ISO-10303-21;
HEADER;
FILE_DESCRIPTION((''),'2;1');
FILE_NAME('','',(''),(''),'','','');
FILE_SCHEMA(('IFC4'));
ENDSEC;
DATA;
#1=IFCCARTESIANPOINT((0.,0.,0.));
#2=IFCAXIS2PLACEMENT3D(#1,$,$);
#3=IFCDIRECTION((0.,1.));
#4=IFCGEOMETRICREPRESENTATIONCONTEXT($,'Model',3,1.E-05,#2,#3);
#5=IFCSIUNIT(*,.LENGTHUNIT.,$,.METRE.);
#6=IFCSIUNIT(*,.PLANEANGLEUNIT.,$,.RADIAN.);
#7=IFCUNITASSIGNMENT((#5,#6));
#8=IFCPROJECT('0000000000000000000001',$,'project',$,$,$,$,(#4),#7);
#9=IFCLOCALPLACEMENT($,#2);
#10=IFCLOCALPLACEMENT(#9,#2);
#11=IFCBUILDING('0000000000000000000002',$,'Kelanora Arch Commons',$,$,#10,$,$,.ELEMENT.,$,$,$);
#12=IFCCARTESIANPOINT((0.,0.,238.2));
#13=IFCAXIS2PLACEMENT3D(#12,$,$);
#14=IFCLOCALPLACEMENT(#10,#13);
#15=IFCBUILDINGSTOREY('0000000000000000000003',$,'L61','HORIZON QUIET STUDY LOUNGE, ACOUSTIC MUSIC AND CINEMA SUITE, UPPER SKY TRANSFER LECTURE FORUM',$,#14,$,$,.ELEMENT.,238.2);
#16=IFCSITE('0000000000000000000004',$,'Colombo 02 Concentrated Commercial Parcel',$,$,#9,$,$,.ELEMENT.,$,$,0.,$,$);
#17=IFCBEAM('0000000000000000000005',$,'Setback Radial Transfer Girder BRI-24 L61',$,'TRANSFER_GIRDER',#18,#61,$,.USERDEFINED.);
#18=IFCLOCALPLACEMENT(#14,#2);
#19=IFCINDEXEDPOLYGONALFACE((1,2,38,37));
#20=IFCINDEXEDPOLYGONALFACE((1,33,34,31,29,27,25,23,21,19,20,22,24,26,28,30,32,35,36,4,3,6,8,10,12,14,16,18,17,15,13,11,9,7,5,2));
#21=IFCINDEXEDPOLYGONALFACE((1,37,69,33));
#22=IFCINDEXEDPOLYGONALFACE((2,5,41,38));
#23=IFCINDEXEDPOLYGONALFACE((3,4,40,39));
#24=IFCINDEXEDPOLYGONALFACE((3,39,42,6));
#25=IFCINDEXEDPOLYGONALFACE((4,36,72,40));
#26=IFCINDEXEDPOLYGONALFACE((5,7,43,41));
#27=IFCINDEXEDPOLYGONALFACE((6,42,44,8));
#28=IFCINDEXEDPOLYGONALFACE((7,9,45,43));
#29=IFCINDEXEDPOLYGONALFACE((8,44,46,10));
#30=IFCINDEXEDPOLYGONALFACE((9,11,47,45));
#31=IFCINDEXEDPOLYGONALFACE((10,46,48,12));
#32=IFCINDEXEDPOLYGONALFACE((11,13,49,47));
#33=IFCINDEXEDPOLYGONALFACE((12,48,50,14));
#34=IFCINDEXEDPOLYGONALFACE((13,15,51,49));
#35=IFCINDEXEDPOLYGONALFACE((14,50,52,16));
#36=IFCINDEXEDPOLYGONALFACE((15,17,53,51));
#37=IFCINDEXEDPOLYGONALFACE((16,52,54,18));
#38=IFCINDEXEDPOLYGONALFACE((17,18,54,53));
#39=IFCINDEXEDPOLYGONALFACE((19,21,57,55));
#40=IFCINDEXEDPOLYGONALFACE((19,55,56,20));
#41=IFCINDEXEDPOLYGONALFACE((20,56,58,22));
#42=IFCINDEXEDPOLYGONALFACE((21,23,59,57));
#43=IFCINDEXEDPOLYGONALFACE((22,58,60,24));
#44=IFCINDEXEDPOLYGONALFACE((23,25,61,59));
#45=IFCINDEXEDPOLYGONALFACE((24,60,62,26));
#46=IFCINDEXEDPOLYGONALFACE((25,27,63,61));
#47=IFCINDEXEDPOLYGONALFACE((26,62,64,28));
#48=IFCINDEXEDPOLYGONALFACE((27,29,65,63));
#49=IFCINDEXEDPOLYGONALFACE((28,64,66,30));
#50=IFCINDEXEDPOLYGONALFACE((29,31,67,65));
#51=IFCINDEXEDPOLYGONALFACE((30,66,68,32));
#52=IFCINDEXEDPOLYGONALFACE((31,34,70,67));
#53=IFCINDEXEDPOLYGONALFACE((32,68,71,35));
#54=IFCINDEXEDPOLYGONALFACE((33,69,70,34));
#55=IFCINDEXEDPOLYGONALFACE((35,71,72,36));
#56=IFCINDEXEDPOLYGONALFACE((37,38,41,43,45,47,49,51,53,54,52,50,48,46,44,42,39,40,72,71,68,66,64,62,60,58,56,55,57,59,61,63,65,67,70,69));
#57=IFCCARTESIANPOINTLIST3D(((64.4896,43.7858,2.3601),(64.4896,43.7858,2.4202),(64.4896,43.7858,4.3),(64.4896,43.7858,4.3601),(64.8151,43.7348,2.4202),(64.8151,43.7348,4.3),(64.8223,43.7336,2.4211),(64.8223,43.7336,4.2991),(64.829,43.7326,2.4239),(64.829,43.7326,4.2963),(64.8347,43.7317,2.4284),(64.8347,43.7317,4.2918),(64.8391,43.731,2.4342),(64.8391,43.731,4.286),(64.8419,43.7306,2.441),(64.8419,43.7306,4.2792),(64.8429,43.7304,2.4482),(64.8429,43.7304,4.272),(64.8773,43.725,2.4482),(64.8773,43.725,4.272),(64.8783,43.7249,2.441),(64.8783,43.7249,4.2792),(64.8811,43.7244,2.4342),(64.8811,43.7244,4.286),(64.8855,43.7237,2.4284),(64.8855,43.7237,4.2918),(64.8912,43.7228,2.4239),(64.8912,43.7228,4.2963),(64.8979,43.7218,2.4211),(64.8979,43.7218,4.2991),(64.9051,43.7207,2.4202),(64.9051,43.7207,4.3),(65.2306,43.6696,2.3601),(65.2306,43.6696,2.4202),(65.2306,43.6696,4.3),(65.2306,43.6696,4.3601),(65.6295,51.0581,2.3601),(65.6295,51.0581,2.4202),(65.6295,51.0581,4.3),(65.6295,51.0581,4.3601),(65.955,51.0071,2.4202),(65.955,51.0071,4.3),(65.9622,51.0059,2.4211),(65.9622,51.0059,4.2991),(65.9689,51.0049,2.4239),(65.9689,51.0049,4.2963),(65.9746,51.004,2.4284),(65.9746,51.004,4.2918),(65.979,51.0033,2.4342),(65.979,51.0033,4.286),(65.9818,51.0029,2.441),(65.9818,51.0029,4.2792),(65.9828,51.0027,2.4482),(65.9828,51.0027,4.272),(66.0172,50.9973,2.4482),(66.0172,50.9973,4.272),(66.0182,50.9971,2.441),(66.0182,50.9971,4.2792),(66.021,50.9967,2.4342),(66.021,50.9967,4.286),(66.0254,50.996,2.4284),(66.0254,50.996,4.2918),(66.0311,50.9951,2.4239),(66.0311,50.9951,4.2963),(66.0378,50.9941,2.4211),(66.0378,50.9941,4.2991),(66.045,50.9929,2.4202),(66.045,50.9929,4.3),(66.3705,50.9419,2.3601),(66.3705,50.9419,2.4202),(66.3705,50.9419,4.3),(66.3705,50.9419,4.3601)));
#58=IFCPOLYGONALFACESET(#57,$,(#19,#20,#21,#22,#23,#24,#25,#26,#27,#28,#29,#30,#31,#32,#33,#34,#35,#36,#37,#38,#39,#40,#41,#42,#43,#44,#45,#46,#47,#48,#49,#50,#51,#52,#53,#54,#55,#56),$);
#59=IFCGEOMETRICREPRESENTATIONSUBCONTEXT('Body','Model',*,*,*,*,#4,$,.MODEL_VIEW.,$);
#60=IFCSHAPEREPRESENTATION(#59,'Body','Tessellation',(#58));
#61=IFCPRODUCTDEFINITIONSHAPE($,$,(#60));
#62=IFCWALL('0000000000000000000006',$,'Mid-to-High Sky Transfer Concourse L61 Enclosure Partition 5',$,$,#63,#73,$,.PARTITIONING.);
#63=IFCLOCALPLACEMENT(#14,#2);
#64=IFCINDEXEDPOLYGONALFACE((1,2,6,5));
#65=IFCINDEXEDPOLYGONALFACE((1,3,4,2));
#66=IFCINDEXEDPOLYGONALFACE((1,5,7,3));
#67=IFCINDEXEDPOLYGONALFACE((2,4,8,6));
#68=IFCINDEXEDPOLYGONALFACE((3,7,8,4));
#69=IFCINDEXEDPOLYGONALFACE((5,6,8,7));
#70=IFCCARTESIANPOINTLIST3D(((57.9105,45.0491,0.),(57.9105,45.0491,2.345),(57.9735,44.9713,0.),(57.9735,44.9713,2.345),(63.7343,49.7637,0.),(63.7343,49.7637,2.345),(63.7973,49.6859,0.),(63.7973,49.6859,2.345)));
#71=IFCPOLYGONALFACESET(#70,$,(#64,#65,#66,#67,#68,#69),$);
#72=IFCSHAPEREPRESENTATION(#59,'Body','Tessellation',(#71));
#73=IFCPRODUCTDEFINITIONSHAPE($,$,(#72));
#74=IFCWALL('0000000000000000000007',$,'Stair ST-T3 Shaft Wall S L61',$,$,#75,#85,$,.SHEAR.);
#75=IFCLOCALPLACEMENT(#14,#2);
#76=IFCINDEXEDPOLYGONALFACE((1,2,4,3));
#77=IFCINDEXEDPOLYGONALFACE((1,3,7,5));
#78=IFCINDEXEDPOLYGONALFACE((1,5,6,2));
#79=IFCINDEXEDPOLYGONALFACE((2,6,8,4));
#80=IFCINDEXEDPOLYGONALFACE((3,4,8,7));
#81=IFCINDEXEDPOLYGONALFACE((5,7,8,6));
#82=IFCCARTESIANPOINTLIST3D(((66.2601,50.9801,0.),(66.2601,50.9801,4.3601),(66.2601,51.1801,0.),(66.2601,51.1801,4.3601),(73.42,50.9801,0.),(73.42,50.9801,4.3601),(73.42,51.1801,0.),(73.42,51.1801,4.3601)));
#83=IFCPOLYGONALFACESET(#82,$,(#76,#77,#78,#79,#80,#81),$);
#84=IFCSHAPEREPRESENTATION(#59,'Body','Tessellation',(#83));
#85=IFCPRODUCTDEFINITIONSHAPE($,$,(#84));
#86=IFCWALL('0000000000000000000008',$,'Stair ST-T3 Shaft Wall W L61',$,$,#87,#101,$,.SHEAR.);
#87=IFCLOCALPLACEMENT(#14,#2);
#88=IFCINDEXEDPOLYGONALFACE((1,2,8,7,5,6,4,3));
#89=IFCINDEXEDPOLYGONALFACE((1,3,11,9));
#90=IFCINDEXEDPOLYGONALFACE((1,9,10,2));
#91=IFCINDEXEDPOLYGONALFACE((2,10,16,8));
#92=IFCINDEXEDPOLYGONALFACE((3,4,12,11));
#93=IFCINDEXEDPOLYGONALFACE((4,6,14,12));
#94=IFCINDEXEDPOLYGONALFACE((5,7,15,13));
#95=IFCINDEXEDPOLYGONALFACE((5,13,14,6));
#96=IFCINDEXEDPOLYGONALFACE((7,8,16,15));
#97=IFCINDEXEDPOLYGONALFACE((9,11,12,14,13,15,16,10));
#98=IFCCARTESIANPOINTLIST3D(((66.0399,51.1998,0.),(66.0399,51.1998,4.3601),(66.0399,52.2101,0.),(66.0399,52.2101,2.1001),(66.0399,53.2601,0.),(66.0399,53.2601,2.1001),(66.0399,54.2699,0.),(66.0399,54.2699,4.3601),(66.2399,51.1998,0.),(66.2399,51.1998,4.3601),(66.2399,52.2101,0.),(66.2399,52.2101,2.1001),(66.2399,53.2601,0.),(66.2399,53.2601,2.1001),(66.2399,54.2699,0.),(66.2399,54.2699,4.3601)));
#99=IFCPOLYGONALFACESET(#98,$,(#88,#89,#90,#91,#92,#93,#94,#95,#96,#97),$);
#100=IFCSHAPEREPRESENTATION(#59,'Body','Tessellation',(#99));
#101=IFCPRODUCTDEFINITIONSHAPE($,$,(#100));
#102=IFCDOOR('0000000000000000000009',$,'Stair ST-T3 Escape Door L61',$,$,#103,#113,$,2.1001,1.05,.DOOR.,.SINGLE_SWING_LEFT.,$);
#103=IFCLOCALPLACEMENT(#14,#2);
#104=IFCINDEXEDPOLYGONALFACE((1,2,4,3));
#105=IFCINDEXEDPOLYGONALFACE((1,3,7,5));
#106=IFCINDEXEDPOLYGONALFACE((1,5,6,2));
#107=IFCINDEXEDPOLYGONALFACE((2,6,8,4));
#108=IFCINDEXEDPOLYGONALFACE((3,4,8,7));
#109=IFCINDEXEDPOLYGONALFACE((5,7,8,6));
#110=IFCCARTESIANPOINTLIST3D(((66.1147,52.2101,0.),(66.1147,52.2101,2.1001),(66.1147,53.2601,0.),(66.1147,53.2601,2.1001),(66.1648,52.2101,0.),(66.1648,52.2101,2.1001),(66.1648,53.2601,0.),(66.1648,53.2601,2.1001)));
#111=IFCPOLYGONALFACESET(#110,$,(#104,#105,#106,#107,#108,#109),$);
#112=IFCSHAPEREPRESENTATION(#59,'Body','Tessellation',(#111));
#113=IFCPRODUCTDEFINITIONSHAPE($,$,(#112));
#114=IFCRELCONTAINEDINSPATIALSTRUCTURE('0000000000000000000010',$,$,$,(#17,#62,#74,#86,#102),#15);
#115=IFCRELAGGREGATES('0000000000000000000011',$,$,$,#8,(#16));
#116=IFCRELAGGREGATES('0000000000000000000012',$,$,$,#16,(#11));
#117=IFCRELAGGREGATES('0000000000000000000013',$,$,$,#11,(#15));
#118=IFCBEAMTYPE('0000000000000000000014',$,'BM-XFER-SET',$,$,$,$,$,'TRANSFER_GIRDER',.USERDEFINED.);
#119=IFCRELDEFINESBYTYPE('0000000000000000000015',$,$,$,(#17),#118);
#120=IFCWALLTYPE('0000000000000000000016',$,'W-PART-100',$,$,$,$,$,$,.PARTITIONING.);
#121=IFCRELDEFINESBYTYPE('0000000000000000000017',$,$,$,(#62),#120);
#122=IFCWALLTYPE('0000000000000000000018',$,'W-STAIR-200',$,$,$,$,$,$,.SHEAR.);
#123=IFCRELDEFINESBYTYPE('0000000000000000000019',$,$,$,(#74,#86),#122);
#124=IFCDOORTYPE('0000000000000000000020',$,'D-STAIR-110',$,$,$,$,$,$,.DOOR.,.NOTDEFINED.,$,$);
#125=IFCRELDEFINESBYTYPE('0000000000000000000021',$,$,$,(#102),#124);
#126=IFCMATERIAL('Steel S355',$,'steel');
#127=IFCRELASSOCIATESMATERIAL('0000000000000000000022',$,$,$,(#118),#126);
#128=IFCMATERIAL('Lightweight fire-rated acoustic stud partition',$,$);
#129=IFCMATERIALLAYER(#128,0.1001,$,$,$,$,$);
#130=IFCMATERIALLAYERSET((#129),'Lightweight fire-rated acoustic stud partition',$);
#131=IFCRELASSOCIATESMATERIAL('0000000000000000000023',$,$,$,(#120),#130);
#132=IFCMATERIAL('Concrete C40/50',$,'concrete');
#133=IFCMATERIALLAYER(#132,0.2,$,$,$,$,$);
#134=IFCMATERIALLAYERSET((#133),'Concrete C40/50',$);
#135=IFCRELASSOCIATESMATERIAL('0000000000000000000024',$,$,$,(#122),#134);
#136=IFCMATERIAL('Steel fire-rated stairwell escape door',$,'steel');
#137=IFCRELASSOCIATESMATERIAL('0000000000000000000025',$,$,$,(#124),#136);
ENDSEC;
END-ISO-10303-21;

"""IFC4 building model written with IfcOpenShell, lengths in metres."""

from ifc_helpers import new_model, si_unit, direction, frame, frame_2d, origin, origin_2d, place, context, subcontext, project, spatial, rectangle, i_section, extrude, material, layer, layer_set, material_profile, profile_set, type_object, element, fill, save


model = new_model("IFC4")

# Units and contexts
model_context = context("Model", 3, precision=1e-05, world=origin(), true_north=direction((0.0, 1.0)))
body_context = subcontext(model_context, "Body", "Model", "MODEL_VIEW")
ifc_project = project(units=[si_unit("LENGTHUNIT", "METRE"), si_unit("PLANEANGLEUNIT", "RADIAN")], contexts=[model_context])

# Site, building, storey
site_placement = place(None, origin())
site = spatial("IfcSite", under=ifc_project, at=site_placement, Name="Colombo 02 Concentrated Commercial Parcel", CompositionType="ELEMENT", RefElevation=0.0)
building_placement = place(site_placement, origin())
building = spatial("IfcBuilding", under=site, at=building_placement, Name="Kelanora Arch Commons", CompositionType="ELEMENT")
storey_placement = place(building_placement, frame((0.0, 0.0, 238.2)))
storey = spatial("IfcBuildingStorey", under=building, at=storey_placement, Name="L61", Description="HORIZON QUIET STUDY LOUNGE, ACOUSTIC MUSIC AND CINEMA SUITE, UPPER SKY TRANSFER LECTURE FORUM", CompositionType="ELEMENT", Elevation=238.2)

# Beam
ifc_material_1 = material(Name="Steel S355", Category="steel")
ifc_material_profile_1 = material_profile(ifc_material_1, i_section(OverallWidth=0.75, OverallDepth=2.0, WebThickness=0.0349, FlangeThickness=0.0601, FilletRadius=0.0281, at=origin_2d()), Name="PG2000x750")
ifc_profile_set_1 = profile_set([ifc_material_profile_1], Name="Steel S355")
beam_type_1 = type_object("IfcBeamType", Name="BM-XFER-SET", ElementType="TRANSFER_GIRDER", PredefinedType="USERDEFINED", material=ifc_profile_set_1)
beam_1_placement = place(storey_placement, frame((66.0, 51.0, 3.3601), z_axis=(-0.154855, -0.987937, 0.0), x_axis=(0.987937, -0.154855, 0.0)))
element("IfcBeam", 1, at=beam_1_placement, inside=storey, type_object=beam_type_1, Name="Setback Radial Transfer Girder BRI-24 L61", ObjectType="TRANSFER_GIRDER", PredefinedType="USERDEFINED", context=body_context, shape_type="SweptSolid", body=[
    extrude(i_section(OverallWidth=0.75, OverallDepth=2.0, WebThickness=0.0349, FlangeThickness=0.0601, FilletRadius=0.0281, at=origin_2d()), origin(), (0.0, 0.0, 1.0), 7.3611),
])

# Walls
ifc_material_2 = material(Name="Lightweight fire-rated acoustic stud partition")
ifc_layer_1 = layer(ifc_material_2, 0.1001)
ifc_layer_set_1 = layer_set([ifc_layer_1], Name="Lightweight fire-rated acoustic stud partition")
wall_type_1 = type_object("IfcWallType", Name="W-PART-100", PredefinedType="PARTITIONING", material=ifc_layer_set_1)
wall_1_placement = place(storey_placement, frame((63.7659, 49.7249, 0.0), z_axis=(0.0, 0.0, 1.0), x_axis=(-0.777235, -0.62921, 0.0)))
element("IfcWall", 2, at=wall_1_placement, inside=storey, type_object=wall_type_1, Name="Mid-to-High Sky Transfer Concourse L61 Enclosure Partition 5", PredefinedType="PARTITIONING", context=body_context, shape_type="SweptSolid", body=[
    extrude(rectangle(XDim=7.4929, YDim=0.1001, at=frame_2d((3.7466, 0.0))), origin(), (0.0, 0.0, 1.0), 2.345),
])
ifc_material_3 = material(Name="Concrete C40/50", Category="concrete")
ifc_layer_2 = layer(ifc_material_3, 0.2)
ifc_layer_set_2 = layer_set([ifc_layer_2], Name="Concrete C40/50")
wall_type_2 = type_object("IfcWallType", Name="W-STAIR-200", PredefinedType="SHEAR", material=ifc_layer_set_2)
wall_2_placement = place(storey_placement, frame((66.26, 51.0801, 0.0), z_axis=(0.0, 0.0, 1.0), x_axis=(1.0, 0.0, 0.0)))
element("IfcWall", 3, at=wall_2_placement, inside=storey, type_object=wall_type_2, Name="Stair ST-T3 Shaft Wall S L61", PredefinedType="SHEAR", context=body_context, shape_type="SweptSolid", body=[
    extrude(rectangle(XDim=7.1599, YDim=0.2, at=frame_2d((3.5801, 0.0))), origin(), (0.0, 0.0, 1.0), 4.3601),
])

# Wall, opening, door
wall_3_placement = place(storey_placement, frame((66.1399, 54.27, 0.0), z_axis=(0.0, 0.0, 1.0), x_axis=(0.0, -1.0, 0.0)))
wall_3 = element("IfcWall", 4, at=wall_3_placement, inside=storey, type_object=wall_type_2, Name="Stair ST-T3 Shaft Wall W L61", PredefinedType="SHEAR", context=body_context, shape_type="SweptSolid", body=[
    extrude(rectangle(XDim=3.0701, YDim=0.2, at=frame_2d((1.5352, 0.0))), origin(), (0.0, 0.0, 1.0), 4.3601),
])
opening_placement = place(wall_3_placement, frame((1.01, 0.0, 0.0)))
opening = element("IfcOpeningElement", 5, at=opening_placement, cuts=wall_3, PredefinedType="OPENING", context=body_context, shape_type="SweptSolid", body=[
    extrude(rectangle(XDim=1.05, YDim=2.1001, at=frame_2d((0.5249, 1.05))), frame((0.0, 0.1099, 0.0), z_axis=(0.0, -1.0, 0.0), x_axis=(1.0, 0.0, 0.0)), (0.0, 0.0, 1.0), 0.22),
])
ifc_material_4 = material(Name="Steel fire-rated stairwell escape door", Category="steel")
door_type = type_object("IfcDoorType", Name="D-STAIR-110", OperationType="NOTDEFINED", PredefinedType="DOOR", material=ifc_material_4)
door_placement = place(opening_placement, origin())
door = element("IfcDoor", 6, at=door_placement, inside=storey, type_object=door_type, Name="Stair ST-T3 Escape Door L61", OperationType="SINGLE_SWING_LEFT", OverallHeight=2.1001, OverallWidth=1.05, PredefinedType="DOOR", context=body_context, shape_type="SweptSolid", body=[
    extrude(rectangle(XDim=1.05, YDim=2.1001, at=frame_2d((0.5249, 1.05))), frame((0.0, 0.0249, 0.0), z_axis=(0.0, -1.0, 0.0), x_axis=(1.0, 0.0, 0.0)), (0.0, 0.0, 1.0), 0.05),
])
fill(opening, door)

save(model, "model.ifc")
